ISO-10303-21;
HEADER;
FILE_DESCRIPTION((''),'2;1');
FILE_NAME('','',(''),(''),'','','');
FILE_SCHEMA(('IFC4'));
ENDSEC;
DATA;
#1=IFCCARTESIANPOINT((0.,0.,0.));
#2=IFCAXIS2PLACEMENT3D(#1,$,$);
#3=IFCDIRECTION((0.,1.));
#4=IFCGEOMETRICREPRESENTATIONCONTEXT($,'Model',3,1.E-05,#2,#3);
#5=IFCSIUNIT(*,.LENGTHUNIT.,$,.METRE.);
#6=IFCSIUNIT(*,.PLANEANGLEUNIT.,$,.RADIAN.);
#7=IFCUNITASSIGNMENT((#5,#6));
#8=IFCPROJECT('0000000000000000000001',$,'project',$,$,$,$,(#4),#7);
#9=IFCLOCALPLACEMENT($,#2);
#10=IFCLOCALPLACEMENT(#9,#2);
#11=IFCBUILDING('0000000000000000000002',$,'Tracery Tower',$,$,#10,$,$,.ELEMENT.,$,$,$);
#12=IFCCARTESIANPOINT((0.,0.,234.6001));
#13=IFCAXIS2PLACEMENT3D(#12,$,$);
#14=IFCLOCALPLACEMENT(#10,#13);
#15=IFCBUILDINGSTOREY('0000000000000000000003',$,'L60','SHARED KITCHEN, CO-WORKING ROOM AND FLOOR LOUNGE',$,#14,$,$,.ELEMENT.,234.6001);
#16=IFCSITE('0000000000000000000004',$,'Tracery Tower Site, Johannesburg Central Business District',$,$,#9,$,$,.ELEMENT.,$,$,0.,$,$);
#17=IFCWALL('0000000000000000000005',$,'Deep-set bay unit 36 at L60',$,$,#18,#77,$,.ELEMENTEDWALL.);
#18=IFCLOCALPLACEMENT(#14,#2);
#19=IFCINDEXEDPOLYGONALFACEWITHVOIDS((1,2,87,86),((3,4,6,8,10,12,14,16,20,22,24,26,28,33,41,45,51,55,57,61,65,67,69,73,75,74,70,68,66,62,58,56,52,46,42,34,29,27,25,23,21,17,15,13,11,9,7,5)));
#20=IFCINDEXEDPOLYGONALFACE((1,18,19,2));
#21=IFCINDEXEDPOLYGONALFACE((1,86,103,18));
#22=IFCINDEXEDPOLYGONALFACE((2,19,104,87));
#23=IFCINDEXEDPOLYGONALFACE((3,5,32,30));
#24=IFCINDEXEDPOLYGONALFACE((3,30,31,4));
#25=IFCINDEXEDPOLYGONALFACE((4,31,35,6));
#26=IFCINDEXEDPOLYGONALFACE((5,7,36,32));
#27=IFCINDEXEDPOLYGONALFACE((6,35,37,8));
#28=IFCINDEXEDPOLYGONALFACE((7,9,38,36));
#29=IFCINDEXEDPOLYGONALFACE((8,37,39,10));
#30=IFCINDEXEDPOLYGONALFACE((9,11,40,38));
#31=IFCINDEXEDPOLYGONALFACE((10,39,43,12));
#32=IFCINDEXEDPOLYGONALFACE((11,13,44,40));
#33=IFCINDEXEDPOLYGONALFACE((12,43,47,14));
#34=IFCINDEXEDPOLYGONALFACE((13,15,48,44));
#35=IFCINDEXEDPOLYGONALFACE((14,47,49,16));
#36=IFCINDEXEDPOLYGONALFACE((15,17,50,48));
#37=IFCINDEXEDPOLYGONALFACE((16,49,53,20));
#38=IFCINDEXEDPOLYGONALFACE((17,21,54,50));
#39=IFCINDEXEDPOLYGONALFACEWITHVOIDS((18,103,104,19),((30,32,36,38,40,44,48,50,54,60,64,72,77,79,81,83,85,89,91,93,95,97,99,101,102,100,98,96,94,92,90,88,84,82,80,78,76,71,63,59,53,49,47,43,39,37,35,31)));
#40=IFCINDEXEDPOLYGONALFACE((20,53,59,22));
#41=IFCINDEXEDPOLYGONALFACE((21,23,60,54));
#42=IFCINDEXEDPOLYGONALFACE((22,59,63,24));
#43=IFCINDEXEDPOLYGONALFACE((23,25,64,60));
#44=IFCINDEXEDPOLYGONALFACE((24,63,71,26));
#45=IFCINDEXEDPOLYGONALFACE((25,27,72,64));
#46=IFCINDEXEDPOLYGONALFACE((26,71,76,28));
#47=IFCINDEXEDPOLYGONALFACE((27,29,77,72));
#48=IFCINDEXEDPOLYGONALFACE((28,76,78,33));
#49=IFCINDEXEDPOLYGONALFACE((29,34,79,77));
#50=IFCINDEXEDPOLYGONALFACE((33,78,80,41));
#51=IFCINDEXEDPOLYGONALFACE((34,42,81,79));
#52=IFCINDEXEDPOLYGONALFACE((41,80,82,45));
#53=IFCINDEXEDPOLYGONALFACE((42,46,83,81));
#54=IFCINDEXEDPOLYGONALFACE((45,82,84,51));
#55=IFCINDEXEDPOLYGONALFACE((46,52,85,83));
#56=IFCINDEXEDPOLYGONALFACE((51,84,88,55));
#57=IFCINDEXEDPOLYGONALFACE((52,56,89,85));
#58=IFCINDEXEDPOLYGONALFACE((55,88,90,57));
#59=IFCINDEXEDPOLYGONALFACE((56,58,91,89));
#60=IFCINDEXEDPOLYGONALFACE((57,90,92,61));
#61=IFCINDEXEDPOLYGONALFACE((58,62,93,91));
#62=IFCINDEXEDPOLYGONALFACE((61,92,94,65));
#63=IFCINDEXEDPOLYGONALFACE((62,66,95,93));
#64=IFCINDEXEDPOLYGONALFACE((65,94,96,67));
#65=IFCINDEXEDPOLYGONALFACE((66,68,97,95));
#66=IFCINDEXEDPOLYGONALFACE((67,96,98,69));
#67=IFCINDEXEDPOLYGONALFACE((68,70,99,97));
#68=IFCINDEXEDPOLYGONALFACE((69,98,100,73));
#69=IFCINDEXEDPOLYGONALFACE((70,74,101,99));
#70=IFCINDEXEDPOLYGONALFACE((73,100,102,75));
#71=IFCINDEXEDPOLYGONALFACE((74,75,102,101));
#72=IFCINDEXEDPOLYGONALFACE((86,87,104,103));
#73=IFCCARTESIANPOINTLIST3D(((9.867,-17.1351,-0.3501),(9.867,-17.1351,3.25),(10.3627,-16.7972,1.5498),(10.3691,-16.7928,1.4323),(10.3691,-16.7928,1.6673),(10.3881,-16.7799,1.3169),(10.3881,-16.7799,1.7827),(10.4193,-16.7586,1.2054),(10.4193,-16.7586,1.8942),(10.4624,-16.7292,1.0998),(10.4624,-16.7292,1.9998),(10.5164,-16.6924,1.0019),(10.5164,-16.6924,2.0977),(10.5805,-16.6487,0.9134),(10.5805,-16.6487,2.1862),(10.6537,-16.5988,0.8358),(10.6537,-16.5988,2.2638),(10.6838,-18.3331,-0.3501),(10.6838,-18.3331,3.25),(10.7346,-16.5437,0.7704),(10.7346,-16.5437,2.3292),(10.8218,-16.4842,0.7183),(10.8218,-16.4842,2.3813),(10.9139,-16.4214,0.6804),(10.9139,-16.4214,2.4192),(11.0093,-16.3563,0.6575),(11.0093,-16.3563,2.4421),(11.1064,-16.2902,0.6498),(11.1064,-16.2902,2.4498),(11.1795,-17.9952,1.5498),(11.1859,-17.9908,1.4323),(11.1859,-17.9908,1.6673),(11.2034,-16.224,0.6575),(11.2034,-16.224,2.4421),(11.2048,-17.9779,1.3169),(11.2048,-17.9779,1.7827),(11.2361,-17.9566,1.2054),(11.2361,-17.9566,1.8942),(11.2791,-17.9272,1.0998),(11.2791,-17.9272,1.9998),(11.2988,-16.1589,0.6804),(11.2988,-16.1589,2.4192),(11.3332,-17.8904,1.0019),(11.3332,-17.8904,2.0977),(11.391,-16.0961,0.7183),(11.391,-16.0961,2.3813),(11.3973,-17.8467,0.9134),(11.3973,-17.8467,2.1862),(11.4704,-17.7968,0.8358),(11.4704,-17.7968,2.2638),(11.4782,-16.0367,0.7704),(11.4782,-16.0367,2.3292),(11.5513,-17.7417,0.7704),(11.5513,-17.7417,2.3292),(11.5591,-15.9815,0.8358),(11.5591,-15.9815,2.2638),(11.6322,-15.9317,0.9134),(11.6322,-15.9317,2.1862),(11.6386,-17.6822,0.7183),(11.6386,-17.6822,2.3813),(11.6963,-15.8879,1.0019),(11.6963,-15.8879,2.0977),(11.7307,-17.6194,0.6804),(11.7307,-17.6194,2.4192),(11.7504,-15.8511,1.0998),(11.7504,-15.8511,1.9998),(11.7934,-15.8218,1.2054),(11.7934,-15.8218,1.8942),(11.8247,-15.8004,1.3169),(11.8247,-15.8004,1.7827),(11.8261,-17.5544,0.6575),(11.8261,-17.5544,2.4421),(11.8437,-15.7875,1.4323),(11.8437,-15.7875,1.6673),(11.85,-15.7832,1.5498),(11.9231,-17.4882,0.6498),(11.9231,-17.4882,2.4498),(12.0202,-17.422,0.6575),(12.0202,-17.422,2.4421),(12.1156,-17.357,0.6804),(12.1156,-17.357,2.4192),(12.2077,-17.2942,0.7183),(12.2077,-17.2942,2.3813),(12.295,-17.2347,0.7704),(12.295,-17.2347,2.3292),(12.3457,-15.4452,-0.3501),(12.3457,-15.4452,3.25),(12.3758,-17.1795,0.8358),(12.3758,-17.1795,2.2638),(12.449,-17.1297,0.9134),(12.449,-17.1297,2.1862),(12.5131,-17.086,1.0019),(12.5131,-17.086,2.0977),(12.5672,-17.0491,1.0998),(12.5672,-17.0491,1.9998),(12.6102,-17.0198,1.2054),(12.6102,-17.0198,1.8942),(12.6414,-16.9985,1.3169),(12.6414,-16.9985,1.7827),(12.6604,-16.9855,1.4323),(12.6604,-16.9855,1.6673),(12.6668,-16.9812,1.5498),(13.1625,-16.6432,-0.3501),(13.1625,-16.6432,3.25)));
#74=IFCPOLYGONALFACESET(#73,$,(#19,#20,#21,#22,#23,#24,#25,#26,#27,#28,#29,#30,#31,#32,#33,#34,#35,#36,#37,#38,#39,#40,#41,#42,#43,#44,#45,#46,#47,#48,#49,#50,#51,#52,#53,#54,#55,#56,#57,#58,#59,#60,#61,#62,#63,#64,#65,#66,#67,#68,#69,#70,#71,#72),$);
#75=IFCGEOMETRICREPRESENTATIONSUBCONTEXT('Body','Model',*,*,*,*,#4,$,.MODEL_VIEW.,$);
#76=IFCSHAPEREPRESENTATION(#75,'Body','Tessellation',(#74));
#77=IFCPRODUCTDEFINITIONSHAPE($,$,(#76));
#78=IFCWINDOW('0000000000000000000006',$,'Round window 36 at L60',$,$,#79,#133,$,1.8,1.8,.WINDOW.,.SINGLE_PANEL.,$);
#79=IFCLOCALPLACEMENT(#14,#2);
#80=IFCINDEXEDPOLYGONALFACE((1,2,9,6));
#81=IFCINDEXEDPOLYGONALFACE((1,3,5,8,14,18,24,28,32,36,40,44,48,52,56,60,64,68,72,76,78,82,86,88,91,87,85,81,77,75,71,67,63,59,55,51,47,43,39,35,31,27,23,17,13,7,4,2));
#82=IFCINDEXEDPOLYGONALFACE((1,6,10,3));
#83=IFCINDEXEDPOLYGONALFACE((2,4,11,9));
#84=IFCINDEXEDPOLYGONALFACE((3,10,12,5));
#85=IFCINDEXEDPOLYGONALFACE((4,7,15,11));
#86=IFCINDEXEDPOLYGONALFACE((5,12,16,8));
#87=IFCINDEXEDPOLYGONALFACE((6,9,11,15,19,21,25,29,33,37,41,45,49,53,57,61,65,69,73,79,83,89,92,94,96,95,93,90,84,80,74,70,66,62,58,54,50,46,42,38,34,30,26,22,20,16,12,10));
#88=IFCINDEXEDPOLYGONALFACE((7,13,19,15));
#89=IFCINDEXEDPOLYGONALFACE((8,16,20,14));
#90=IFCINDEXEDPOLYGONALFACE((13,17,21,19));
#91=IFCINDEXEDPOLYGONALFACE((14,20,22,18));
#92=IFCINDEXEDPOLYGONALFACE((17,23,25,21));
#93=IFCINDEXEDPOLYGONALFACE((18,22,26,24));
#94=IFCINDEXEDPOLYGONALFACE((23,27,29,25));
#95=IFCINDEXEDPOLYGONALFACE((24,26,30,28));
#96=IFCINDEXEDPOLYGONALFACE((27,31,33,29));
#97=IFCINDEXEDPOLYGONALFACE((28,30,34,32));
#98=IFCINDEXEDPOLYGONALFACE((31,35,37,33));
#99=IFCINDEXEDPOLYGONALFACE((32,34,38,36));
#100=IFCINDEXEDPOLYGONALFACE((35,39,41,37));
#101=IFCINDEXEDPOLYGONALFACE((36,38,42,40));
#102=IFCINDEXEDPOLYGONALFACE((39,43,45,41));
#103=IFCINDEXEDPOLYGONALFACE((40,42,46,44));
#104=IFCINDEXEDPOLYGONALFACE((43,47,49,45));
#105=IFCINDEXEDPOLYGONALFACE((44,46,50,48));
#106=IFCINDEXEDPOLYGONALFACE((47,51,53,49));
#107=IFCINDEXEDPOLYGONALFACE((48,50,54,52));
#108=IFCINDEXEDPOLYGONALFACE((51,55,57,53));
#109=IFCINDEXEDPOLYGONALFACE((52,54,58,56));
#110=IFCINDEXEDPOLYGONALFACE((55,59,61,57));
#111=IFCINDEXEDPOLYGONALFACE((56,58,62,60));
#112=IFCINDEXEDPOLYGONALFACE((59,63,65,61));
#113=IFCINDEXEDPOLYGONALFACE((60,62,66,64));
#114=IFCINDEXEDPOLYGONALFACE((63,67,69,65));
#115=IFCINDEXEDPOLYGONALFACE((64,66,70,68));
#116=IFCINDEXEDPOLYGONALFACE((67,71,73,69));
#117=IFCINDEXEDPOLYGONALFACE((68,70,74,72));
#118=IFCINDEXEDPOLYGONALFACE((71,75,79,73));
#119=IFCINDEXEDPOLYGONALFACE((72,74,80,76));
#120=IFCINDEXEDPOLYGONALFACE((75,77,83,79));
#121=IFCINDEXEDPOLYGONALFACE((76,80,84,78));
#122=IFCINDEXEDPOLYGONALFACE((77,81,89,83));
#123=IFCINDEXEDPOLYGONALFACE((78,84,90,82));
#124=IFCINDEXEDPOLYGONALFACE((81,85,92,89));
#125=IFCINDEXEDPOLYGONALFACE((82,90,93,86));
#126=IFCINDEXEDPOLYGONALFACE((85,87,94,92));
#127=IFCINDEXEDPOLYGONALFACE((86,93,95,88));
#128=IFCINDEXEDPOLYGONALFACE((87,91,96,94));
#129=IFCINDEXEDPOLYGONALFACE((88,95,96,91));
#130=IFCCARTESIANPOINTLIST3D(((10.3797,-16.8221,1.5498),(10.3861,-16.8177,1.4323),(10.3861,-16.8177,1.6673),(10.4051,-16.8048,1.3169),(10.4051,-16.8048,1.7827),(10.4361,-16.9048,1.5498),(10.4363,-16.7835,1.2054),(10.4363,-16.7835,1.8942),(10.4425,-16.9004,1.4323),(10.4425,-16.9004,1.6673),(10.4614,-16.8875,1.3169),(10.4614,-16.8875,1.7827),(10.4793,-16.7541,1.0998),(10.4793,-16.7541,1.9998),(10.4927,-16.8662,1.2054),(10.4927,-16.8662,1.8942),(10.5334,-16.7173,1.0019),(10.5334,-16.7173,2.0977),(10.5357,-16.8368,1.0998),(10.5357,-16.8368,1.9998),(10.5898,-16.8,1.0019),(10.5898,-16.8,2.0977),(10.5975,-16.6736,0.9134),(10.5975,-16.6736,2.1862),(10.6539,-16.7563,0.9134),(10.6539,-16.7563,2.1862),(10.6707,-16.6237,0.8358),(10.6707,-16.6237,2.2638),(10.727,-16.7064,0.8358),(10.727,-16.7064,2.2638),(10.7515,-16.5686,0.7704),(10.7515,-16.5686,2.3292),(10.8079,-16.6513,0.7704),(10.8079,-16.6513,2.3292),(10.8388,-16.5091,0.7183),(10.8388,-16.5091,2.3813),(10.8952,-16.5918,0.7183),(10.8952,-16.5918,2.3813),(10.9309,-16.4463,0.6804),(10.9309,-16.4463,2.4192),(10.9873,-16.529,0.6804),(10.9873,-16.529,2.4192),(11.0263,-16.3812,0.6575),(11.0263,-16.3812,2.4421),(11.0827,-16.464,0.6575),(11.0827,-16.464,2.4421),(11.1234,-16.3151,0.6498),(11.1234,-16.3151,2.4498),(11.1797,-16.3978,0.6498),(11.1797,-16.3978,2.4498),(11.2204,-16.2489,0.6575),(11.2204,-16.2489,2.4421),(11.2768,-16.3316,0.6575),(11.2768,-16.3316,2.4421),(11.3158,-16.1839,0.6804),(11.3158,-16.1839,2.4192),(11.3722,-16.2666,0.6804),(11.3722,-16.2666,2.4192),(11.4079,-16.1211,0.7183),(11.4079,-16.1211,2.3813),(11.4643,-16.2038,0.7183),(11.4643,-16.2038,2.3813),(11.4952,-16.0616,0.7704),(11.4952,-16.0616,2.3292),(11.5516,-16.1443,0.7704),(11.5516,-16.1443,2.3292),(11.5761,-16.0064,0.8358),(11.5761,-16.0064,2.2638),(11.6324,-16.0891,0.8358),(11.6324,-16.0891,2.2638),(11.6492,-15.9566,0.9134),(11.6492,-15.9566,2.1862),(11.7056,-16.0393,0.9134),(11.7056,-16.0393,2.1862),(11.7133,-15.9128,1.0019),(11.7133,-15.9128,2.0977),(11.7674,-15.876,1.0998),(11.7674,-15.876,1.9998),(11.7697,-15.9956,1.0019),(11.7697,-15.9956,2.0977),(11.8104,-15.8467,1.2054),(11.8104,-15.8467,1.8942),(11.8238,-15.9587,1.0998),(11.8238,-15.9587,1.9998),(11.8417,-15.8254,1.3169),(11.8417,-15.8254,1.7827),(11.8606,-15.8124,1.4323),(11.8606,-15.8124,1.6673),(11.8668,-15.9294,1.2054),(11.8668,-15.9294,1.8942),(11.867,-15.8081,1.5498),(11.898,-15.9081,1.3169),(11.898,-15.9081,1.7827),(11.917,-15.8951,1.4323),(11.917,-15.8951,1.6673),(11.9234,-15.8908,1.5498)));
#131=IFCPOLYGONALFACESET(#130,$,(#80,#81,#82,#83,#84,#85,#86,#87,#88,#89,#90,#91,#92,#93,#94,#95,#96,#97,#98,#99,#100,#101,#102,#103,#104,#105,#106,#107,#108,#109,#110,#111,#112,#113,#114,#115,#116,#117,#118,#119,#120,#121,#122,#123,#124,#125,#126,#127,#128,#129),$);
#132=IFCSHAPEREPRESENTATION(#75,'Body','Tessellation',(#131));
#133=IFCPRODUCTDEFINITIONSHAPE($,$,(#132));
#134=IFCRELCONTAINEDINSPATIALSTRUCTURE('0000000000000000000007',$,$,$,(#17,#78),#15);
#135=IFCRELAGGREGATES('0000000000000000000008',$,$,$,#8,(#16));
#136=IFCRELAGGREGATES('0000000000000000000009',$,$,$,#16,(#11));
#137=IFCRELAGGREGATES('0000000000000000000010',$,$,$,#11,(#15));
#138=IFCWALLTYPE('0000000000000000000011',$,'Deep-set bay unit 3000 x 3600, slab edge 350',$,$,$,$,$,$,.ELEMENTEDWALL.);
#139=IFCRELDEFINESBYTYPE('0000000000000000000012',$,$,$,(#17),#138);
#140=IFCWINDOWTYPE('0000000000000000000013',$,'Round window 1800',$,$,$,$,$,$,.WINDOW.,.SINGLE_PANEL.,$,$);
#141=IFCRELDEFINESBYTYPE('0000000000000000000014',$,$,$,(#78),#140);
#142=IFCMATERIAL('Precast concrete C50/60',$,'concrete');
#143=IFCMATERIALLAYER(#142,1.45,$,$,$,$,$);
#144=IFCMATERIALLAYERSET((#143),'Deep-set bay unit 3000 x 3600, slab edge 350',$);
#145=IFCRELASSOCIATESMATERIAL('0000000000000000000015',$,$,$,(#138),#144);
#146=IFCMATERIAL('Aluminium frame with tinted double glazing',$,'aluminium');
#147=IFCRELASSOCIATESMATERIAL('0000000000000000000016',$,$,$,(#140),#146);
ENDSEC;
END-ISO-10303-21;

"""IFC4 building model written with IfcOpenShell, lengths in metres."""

from ifc_helpers import new_model, si_unit, direction, frame, frame_2d, origin, origin_2d, place, context, subcontext, project, spatial, rectangle, circle, extrude, material, layer, layer_set, type_object, element, fill, save


model = new_model("IFC4")

# Units and contexts
model_context = context("Model", 3, precision=1e-05, world=origin(), true_north=direction((0.0, 1.0)))
body_context = subcontext(model_context, "Body", "Model", "MODEL_VIEW")
ifc_project = project(units=[si_unit("LENGTHUNIT", "METRE"), si_unit("PLANEANGLEUNIT", "RADIAN")], contexts=[model_context])

# Site, building, storey
site_placement = place(None, origin())
site = spatial("IfcSite", under=ifc_project, at=site_placement, Name="Tracery Tower Site, Johannesburg Central Business District", CompositionType="ELEMENT", RefElevation=0.0)
building_placement = place(site_placement, origin())
building = spatial("IfcBuilding", under=site, at=building_placement, Name="Tracery Tower", CompositionType="ELEMENT")
storey_placement = place(building_placement, frame((0.0, 0.0, 234.6001)))
storey = spatial("IfcBuildingStorey", under=building, at=storey_placement, Name="L60", Description="SHARED KITCHEN, CO-WORKING ROOM AND FLOOR LOUNGE", CompositionType="ELEMENT", Elevation=234.6001)

# Wall, opening, window
ifc_material_1 = material(Name="Precast concrete C50/60", Category="concrete")
ifc_layer_1 = layer(ifc_material_1, 1.45)
ifc_layer_set_1 = layer_set([ifc_layer_1], Name="Deep-set bay unit 3000 x 3600, slab edge 350")
wall_type_1 = type_object("IfcWallType", Name="Deep-set bay unit 3000 x 3600, slab edge 350", PredefinedType="ELEMENTEDWALL", material=ifc_layer_set_1)
wall_1_placement = place(storey_placement, frame((10.2754, -17.7341, -0.3501), z_axis=(0.0, 0.0, 1.0), x_axis=(0.826246, 0.563309, 0.0)))
wall_1 = element("IfcWall", 1, at=wall_1_placement, inside=storey, type_object=wall_type_1, Name="Deep-set bay unit 36 at L60", PredefinedType="ELEMENTEDWALL", context=body_context, shape_type="SweptSolid", body=[
    extrude(rectangle(XDim=3.0, YDim=1.45, at=frame_2d((1.5, 0.0))), origin(), (0.0, 0.0, 1.0), 3.6001),
])
opening_1_placement = place(wall_1_placement, frame((1.5, 0.0, 1.8999)))
opening_1 = element("IfcOpeningElement", 2, at=opening_1_placement, cuts=wall_1, PredefinedType="OPENING", context=body_context, shape_type="SweptSolid", body=[
    extrude(circle(Radius=0.9, at=origin_2d()), frame((0.0, 0.7349, 0.0), z_axis=(0.0, -1.0, 0.0), x_axis=(1.0, 0.0, 0.0)), (0.0, 0.0, 1.0), 1.47),
])
ifc_material_2 = material(Name="Aluminium frame with tinted double glazing", Category="aluminium")
window_type = type_object("IfcWindowType", Name="Round window 1800", PartitioningType="SINGLE_PANEL", PredefinedType="WINDOW", material=ifc_material_2)
window_1_placement = place(opening_1_placement, origin())
window_1 = element("IfcWindow", 3, at=window_1_placement, inside=storey, type_object=window_type, Name="Round window 36 at L60", OverallHeight=1.8, OverallWidth=1.8, PartitioningType="SINGLE_PANEL", PredefinedType="WINDOW", context=body_context, shape_type="SweptSolid", body=[
    extrude(circle(Radius=0.9, at=origin_2d()), frame((0.0, 0.6948, 0.0), z_axis=(0.0, -1.0, 0.0), x_axis=(1.0, 0.0, 0.0)), (0.0, 0.0, 1.0), 0.1001),
])
fill(opening_1, window_1)

save(model, "model.ifc")
